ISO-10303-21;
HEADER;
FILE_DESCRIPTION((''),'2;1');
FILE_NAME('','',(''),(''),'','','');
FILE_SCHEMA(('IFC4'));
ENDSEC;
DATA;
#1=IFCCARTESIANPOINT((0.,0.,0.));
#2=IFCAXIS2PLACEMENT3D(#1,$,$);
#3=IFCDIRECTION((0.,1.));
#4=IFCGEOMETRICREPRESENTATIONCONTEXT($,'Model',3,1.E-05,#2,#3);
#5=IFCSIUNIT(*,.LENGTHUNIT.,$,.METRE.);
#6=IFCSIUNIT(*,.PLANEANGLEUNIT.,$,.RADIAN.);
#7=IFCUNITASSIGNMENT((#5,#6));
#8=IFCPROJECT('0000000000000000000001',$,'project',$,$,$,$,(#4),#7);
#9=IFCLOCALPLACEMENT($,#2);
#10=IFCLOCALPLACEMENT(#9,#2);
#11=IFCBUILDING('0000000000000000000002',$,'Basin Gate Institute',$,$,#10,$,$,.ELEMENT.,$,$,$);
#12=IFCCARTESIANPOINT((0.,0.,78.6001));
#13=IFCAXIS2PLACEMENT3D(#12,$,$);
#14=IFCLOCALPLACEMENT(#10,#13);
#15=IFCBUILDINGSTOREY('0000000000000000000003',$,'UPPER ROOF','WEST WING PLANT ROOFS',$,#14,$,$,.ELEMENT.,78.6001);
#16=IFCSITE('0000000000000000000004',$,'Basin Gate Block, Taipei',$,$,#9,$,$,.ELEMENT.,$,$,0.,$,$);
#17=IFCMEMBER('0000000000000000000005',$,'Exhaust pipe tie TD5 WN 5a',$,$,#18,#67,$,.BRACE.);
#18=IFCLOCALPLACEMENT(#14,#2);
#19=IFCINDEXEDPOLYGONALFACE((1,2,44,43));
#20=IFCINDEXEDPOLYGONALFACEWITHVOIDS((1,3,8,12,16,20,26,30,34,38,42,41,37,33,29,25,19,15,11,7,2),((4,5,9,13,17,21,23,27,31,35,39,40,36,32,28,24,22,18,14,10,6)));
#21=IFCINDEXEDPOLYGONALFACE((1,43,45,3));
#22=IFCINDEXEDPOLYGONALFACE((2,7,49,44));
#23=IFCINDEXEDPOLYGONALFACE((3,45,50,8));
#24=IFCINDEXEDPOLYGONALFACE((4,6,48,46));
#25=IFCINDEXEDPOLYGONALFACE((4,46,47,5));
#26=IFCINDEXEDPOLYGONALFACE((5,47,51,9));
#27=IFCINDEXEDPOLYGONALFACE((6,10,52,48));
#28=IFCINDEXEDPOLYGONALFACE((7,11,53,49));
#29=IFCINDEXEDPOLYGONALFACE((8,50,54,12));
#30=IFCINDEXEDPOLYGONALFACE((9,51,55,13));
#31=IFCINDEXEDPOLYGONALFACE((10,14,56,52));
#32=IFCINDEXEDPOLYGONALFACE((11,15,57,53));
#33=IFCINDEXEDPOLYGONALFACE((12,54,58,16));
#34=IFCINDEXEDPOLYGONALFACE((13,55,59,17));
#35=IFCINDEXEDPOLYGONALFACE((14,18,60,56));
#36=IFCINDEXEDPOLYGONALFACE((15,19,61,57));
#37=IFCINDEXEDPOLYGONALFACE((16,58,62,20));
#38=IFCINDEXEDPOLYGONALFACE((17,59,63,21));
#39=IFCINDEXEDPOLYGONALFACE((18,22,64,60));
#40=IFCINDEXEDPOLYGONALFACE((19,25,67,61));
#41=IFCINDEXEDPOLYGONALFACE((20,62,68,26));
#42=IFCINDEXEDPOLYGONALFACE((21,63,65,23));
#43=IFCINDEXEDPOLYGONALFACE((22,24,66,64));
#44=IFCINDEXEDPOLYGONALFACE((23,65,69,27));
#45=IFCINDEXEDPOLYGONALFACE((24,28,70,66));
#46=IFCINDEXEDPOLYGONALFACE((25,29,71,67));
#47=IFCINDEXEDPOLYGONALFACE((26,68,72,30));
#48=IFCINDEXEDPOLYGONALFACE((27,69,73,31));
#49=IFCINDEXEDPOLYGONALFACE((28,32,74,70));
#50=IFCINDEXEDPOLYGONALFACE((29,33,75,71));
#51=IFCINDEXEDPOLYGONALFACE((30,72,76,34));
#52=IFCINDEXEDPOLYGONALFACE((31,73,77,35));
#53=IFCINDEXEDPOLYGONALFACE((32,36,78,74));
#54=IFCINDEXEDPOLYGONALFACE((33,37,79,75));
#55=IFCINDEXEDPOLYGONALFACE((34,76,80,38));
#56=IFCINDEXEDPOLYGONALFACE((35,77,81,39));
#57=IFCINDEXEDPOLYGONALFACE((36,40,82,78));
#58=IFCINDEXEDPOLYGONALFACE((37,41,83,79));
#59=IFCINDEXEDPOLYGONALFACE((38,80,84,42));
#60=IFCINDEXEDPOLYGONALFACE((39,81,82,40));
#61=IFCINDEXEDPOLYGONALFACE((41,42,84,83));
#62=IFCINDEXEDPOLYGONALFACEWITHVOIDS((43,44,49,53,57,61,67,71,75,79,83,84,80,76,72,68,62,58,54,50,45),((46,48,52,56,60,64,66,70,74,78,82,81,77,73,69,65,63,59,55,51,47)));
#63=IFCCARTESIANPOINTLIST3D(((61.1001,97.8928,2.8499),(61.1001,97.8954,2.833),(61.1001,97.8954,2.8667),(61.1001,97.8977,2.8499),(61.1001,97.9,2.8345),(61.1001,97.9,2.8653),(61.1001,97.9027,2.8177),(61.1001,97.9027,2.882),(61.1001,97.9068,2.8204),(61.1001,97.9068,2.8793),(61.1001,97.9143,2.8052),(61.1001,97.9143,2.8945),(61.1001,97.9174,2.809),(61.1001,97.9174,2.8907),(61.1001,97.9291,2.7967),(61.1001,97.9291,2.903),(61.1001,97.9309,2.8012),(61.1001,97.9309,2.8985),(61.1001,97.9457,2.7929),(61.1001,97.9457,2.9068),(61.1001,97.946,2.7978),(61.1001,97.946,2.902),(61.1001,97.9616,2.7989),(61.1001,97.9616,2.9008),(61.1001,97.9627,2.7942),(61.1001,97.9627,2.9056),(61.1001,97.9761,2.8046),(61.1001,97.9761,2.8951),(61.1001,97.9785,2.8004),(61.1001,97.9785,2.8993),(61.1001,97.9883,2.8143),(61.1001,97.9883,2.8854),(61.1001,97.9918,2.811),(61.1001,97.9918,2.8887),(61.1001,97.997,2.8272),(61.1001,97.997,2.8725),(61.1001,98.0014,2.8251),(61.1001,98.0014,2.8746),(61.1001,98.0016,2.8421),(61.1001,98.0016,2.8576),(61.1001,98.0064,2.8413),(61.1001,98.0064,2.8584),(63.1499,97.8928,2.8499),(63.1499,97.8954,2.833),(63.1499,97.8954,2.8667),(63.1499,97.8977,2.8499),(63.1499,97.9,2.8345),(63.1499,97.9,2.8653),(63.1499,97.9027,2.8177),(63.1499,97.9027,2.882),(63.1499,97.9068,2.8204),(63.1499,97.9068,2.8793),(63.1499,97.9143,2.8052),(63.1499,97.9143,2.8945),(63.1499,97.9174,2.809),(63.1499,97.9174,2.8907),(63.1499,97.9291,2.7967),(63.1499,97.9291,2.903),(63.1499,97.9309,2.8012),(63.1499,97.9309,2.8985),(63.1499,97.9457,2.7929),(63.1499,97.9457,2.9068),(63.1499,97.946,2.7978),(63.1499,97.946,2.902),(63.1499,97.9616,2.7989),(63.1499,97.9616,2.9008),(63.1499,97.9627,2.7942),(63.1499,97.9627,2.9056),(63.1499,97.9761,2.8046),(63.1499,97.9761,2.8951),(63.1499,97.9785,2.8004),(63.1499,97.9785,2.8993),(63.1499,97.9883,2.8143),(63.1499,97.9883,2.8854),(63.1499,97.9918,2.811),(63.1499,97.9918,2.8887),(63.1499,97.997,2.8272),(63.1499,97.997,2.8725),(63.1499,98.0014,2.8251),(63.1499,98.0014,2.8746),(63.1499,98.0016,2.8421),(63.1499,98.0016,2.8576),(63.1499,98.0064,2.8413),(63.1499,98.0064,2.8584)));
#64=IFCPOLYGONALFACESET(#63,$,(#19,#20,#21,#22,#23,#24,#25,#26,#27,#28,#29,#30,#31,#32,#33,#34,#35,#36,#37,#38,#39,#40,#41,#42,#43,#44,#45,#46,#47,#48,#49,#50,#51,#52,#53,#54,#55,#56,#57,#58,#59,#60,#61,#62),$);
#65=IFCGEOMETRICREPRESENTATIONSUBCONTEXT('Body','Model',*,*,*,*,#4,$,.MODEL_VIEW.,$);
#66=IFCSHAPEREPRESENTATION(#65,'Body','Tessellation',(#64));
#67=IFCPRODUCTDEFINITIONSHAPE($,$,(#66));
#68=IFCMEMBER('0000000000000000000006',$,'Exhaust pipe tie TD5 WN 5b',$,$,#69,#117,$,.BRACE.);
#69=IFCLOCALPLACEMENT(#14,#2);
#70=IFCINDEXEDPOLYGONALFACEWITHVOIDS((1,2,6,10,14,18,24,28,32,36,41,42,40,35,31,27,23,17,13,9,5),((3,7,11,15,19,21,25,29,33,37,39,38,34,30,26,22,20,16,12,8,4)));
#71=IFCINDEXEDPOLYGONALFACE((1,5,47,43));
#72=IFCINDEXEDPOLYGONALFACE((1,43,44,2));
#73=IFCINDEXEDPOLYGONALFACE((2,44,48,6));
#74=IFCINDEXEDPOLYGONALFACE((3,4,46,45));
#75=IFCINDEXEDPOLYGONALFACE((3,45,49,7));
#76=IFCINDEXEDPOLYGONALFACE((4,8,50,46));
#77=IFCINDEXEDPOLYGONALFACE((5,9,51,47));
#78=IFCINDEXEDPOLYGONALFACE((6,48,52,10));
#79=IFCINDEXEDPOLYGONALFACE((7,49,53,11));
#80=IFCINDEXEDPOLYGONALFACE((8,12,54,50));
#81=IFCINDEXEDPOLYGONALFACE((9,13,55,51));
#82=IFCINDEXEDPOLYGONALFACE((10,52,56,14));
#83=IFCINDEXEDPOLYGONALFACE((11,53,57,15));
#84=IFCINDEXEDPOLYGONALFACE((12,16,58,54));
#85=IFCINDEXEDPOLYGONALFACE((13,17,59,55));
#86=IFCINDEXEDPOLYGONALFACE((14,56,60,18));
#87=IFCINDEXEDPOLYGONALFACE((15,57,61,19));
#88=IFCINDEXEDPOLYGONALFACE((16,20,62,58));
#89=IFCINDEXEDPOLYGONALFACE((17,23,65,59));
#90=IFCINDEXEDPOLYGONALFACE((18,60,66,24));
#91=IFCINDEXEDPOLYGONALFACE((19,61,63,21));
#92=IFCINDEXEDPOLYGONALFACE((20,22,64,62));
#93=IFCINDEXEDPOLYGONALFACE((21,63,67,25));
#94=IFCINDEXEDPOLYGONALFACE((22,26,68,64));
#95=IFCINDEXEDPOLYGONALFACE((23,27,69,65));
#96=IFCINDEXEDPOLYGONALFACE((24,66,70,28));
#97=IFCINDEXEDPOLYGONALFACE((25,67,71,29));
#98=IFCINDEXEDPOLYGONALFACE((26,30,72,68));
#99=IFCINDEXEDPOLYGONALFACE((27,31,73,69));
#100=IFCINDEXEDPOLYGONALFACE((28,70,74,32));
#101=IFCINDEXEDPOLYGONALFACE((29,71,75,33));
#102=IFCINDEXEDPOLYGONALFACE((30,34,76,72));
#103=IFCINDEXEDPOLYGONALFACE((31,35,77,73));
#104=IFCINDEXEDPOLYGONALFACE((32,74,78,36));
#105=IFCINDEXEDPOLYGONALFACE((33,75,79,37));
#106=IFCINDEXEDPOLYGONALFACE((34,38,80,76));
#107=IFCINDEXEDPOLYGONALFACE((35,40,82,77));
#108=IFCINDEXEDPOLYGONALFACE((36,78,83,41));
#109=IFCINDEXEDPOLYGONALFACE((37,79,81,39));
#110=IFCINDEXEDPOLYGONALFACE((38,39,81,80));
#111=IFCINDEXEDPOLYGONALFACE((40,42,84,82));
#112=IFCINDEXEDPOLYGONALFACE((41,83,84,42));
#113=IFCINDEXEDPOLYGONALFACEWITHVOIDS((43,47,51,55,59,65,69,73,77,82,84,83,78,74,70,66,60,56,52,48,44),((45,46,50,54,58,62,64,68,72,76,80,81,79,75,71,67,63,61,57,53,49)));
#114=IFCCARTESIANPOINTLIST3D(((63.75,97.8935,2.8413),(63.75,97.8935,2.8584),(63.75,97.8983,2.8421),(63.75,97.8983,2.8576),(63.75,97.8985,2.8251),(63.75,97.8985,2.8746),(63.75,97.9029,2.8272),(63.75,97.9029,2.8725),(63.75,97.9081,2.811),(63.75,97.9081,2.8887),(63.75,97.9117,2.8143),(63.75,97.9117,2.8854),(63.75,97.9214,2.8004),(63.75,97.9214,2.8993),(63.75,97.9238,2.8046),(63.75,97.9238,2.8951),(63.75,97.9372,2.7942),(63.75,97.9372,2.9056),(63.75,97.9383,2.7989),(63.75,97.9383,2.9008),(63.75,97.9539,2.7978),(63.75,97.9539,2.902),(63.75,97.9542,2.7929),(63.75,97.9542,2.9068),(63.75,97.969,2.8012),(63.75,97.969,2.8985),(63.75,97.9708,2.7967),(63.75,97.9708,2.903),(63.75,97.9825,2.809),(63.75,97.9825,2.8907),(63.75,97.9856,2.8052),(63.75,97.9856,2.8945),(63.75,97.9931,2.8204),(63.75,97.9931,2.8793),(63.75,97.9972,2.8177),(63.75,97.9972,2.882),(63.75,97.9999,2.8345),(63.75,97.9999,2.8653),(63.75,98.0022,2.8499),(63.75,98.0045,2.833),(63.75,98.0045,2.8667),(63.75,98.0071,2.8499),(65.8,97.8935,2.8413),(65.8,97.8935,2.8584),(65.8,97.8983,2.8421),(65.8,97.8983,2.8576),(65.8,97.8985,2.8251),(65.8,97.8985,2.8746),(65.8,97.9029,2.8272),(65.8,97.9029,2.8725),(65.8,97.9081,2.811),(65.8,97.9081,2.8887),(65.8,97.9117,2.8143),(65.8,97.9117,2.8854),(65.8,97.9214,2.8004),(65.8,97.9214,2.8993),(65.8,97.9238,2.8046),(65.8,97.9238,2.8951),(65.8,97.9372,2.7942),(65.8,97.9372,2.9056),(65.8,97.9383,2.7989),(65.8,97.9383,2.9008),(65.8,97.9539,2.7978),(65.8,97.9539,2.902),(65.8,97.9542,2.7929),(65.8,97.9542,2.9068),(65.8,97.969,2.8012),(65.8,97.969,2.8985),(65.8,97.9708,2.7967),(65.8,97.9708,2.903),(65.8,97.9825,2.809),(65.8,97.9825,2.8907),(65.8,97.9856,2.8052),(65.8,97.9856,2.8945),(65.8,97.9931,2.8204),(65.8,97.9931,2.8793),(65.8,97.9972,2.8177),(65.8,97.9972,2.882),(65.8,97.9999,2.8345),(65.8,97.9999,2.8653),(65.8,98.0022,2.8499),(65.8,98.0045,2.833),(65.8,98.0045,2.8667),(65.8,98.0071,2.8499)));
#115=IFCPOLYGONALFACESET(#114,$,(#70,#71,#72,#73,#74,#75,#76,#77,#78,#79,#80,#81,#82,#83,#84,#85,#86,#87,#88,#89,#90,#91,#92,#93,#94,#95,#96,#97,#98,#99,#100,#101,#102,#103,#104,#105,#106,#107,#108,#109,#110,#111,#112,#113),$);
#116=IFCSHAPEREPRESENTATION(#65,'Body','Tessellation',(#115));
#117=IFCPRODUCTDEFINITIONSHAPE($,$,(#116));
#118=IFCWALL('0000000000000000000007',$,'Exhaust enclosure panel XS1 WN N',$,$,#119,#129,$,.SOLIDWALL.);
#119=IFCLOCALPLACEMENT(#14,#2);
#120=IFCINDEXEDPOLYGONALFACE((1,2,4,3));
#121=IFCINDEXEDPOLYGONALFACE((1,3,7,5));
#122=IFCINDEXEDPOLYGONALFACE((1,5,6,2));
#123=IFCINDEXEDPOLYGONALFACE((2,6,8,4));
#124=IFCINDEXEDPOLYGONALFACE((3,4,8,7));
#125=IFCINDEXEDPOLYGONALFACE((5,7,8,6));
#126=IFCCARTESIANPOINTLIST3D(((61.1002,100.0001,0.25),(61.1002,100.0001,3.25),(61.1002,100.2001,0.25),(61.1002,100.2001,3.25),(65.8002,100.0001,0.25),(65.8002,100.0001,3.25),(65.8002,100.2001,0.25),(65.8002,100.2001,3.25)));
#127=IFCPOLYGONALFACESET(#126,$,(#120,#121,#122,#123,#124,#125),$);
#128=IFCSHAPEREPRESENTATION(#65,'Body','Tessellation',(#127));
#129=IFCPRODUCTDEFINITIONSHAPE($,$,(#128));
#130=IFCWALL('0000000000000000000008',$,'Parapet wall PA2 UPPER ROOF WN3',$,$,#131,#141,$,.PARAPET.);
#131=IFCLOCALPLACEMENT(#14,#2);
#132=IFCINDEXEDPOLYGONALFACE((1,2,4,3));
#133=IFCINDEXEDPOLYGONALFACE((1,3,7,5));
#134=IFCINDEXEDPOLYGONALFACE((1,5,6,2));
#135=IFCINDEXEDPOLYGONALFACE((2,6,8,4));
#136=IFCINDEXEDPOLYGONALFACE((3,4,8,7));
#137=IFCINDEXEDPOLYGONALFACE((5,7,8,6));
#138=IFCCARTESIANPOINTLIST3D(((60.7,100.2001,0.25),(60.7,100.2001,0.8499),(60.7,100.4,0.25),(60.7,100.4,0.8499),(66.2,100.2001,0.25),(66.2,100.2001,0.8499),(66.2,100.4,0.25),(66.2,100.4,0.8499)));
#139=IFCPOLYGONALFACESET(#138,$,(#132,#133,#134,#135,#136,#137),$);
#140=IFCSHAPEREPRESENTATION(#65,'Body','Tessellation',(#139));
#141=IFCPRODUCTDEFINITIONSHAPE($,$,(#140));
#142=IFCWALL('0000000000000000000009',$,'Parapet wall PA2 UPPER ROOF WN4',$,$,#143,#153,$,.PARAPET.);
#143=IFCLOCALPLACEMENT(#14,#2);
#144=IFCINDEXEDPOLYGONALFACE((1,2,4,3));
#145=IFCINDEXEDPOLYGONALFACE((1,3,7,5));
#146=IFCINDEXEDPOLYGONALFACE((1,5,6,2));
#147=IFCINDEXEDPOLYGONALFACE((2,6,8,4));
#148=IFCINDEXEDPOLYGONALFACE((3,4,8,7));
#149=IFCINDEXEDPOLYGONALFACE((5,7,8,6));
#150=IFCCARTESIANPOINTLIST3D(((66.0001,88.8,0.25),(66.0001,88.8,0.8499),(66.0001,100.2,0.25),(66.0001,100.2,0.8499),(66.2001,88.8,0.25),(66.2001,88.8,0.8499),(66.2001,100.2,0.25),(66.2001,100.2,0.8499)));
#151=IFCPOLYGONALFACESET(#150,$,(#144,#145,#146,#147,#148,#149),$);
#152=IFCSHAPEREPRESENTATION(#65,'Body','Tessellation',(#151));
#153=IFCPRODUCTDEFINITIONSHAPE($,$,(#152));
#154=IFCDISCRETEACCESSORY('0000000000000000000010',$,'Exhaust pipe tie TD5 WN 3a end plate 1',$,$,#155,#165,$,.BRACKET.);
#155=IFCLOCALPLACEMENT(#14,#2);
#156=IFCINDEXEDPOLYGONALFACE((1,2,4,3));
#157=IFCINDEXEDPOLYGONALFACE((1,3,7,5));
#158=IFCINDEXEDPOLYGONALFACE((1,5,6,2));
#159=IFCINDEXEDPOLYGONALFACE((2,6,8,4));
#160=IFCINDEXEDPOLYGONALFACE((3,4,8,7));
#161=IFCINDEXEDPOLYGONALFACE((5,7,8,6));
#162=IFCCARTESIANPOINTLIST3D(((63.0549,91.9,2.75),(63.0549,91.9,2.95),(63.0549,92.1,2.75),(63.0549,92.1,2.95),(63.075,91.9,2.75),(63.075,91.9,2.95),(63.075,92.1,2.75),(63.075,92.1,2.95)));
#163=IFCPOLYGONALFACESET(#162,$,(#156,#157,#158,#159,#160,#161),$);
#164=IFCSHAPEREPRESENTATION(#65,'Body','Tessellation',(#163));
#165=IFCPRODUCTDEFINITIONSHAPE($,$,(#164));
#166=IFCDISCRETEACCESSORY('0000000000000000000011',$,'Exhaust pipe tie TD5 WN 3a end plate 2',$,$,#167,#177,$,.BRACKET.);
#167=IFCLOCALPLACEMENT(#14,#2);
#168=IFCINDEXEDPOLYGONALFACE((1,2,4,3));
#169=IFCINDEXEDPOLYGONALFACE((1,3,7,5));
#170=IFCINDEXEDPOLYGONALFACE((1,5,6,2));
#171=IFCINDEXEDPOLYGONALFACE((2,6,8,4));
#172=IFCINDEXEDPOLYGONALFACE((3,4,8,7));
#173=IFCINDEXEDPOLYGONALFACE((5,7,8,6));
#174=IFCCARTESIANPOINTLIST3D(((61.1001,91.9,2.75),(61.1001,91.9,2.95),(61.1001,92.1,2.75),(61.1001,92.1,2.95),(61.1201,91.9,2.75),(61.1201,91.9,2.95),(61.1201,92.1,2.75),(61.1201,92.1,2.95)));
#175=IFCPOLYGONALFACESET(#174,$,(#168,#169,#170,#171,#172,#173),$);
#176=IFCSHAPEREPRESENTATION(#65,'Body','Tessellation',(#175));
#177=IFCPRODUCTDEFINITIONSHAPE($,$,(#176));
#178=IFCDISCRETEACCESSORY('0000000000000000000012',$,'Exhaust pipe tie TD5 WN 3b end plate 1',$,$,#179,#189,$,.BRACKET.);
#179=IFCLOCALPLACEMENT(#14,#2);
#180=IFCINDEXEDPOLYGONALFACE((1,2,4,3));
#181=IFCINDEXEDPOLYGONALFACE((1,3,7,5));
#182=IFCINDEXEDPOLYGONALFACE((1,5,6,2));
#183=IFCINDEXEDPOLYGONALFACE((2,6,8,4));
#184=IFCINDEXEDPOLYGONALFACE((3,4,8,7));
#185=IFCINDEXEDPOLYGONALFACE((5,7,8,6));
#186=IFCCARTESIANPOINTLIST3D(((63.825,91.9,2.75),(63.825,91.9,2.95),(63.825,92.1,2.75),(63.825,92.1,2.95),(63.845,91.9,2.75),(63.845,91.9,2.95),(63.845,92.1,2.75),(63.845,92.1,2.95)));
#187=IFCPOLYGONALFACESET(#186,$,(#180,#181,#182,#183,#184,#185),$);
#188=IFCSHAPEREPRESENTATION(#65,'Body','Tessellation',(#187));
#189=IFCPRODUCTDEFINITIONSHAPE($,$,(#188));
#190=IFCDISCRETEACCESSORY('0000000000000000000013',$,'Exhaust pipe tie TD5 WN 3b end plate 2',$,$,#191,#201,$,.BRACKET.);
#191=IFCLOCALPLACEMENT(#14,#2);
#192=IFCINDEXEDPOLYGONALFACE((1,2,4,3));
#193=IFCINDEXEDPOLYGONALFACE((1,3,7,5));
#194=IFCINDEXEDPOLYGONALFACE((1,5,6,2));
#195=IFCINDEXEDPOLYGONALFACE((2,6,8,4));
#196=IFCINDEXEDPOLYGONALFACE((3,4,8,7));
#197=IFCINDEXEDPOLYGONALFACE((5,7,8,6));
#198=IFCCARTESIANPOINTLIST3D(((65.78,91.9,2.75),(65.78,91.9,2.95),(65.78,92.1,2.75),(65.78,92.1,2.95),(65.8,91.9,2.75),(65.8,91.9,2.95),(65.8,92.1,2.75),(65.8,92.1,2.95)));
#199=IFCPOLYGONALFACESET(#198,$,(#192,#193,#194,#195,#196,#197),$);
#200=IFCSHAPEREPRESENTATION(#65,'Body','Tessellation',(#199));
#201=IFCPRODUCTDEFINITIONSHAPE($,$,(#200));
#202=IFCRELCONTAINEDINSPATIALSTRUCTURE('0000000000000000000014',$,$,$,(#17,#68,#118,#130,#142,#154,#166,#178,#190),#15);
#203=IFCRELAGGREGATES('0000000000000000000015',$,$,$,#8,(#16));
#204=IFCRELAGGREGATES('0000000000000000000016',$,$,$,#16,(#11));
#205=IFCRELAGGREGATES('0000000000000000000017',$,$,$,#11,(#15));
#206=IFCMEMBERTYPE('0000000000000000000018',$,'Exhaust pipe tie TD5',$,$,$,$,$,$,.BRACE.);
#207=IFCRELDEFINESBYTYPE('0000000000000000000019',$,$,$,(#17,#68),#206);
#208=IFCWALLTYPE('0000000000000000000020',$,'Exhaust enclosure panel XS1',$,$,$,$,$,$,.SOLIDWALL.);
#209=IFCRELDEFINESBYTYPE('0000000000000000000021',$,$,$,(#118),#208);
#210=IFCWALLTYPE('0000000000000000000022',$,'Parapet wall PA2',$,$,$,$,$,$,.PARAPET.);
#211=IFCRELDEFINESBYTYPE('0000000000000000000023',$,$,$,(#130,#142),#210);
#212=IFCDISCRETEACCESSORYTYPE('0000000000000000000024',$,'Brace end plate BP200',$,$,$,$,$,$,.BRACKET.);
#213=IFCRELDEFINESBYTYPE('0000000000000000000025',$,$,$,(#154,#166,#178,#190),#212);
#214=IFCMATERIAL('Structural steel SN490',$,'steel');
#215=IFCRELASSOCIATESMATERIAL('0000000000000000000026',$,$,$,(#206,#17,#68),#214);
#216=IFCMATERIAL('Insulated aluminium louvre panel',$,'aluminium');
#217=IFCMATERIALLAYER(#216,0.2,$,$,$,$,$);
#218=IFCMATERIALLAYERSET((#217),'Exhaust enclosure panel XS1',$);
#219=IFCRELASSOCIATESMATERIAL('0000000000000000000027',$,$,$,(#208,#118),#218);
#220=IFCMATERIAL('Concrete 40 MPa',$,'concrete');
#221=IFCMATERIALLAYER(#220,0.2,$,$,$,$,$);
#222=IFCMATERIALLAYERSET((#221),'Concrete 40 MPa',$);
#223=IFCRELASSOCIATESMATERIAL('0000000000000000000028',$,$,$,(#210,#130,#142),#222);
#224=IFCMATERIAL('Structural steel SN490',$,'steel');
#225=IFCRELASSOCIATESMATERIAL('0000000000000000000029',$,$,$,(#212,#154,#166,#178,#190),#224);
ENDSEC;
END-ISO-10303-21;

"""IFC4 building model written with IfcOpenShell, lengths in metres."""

from ifc_helpers import new_model, si_unit, direction, frame, frame_2d, origin, origin_2d, place, context, subcontext, project, spatial, rectangle, hollow_circle, extrude, material, layer, layer_set, material_profile, profile_set, type_object, element, save


model = new_model("IFC4")

# Units and contexts
model_context = context("Model", 3, precision=1e-05, world=origin(), true_north=direction((0.0, 1.0)))
body_context = subcontext(model_context, "Body", "Model", "MODEL_VIEW")
ifc_project = project(units=[si_unit("LENGTHUNIT", "METRE"), si_unit("PLANEANGLEUNIT", "RADIAN")], contexts=[model_context])

# Site, building, storey
site_placement = place(None, origin())
site = spatial("IfcSite", under=ifc_project, at=site_placement, Name="Basin Gate Block, Taipei", CompositionType="ELEMENT", RefElevation=0.0)
building_placement = place(site_placement, origin())
building = spatial("IfcBuilding", under=site, at=building_placement, Name="Basin Gate Institute", CompositionType="ELEMENT")
storey_placement = place(building_placement, frame((0.0, 0.0, 78.6001)))
storey = spatial("IfcBuildingStorey", under=building, at=storey_placement, Name="UPPER ROOF", Description="WEST WING PLANT ROOFS", CompositionType="ELEMENT", Elevation=78.6001)

# Members
ifc_material_1 = material(Name="Structural steel SN490", Category="steel")
ifc_material_profile_1 = material_profile(ifc_material_1, hollow_circle(Radius=0.0571, WallThickness=0.0049, at=origin_2d()), Name="CHS114x5")
ifc_profile_set_1 = profile_set([ifc_material_profile_1], Name="Structural steel SN490")
member_type_1 = type_object("IfcMemberType", Name="Exhaust pipe tie TD5", PredefinedType="BRACE", material=ifc_profile_set_1)
member_1_placement = place(storey_placement, frame((63.1499, 97.95, 2.8499), z_axis=(-1.0, 0.0, 0.0), x_axis=(0.0, -1.0, 0.0)))
element("IfcMember", 1, at=member_1_placement, inside=storey, type_object=member_type_1, material=ifc_profile_set_1, Name="Exhaust pipe tie TD5 WN 5a", PredefinedType="BRACE", context=body_context, shape_type="SweptSolid", body=[
    extrude(hollow_circle(Radius=0.0571, WallThickness=0.0049, at=origin_2d()), origin(), (0.0, 0.0, 1.0), 2.0498),
])
member_2_placement = place(storey_placement, frame((63.75, 97.95, 2.8499), z_axis=(1.0, 0.0, 0.0), x_axis=(0.0, 1.0, 0.0)))
element("IfcMember", 2, at=member_2_placement, inside=storey, type_object=member_type_1, material=ifc_profile_set_1, Name="Exhaust pipe tie TD5 WN 5b", PredefinedType="BRACE", context=body_context, shape_type="SweptSolid", body=[
    extrude(hollow_circle(Radius=0.0571, WallThickness=0.0049, at=origin_2d()), origin(), (0.0, 0.0, 1.0), 2.05),
])

# Walls
ifc_material_2 = material(Name="Insulated aluminium louvre panel", Category="aluminium")
ifc_layer_1 = layer(ifc_material_2, 0.2)
ifc_layer_set_1 = layer_set([ifc_layer_1], Name="Exhaust enclosure panel XS1")
wall_type_1 = type_object("IfcWallType", Name="Exhaust enclosure panel XS1", PredefinedType="SOLIDWALL", material=ifc_layer_set_1)
wall_1_placement = place(storey_placement, frame((61.1001, 100.1001, 0.25), z_axis=(0.0, 0.0, 1.0), x_axis=(1.0, 0.0, 0.0)))
element("IfcWall", 3, at=wall_1_placement, inside=storey, type_object=wall_type_1, material=ifc_layer_set_1, Name="Exhaust enclosure panel XS1 WN N", PredefinedType="SOLIDWALL", context=body_context, shape_type="SweptSolid", body=[
    extrude(rectangle(XDim=4.7, YDim=0.2, at=frame_2d((2.3501, 0.0))), origin(), (0.0, 0.0, 1.0), 3.0),
])
ifc_material_3 = material(Name="Concrete 40 MPa", Category="concrete")
ifc_layer_2 = layer(ifc_material_3, 0.2)
ifc_layer_set_2 = layer_set([ifc_layer_2], Name="Concrete 40 MPa")
wall_type_2 = type_object("IfcWallType", Name="Parapet wall PA2", PredefinedType="PARAPET", material=ifc_layer_set_2)
wall_2_placement = place(storey_placement, frame((60.7, 100.3, 0.25), z_axis=(0.0, 0.0, 1.0), x_axis=(1.0, 0.0, 0.0)))
element("IfcWall", 4, at=wall_2_placement, inside=storey, type_object=wall_type_2, material=ifc_layer_set_2, Name="Parapet wall PA2 UPPER ROOF WN3", PredefinedType="PARAPET", context=body_context, shape_type="SweptSolid", body=[
    extrude(rectangle(XDim=5.5, YDim=0.2, at=frame_2d((2.75, 0.0))), origin(), (0.0, 0.0, 1.0), 0.5999),
])
wall_3_placement = place(storey_placement, frame((66.1001, 100.2, 0.25), z_axis=(0.0, 0.0, 1.0), x_axis=(0.0, -1.0, 0.0)))
element("IfcWall", 5, at=wall_3_placement, inside=storey, type_object=wall_type_2, material=ifc_layer_set_2, Name="Parapet wall PA2 UPPER ROOF WN4", PredefinedType="PARAPET", context=body_context, shape_type="SweptSolid", body=[
    extrude(rectangle(XDim=11.3999, YDim=0.2, at=frame_2d((5.7, 0.0))), origin(), (0.0, 0.0, 1.0), 0.5999),
])

# Discrete accessories
ifc_material_4 = material(Name="Structural steel SN490", Category="steel")
discrete_accessory_type = type_object("IfcDiscreteAccessoryType", Name="Brace end plate BP200", PredefinedType="BRACKET", material=ifc_material_4)
for number, where, z_axis, x_axis, name in (
    (6, (63.0649, 92.0, 2.75), (0.0, 0.0, 1.0), (1.0, 0.0, 0.0), "Exhaust pipe tie TD5 WN 3a end plate 1"),
    (7, (61.1101, 92.0, 2.75), (0.0, 0.0, 1.0), (1.0, 0.0, 0.0), "Exhaust pipe tie TD5 WN 3a end plate 2"),
    (8, (63.835, 92.0, 2.75), (0.0, 0.0, 1.0), (1.0, 0.0, 0.0), "Exhaust pipe tie TD5 WN 3b end plate 1"),
    (9, (65.79, 92.0, 2.75), (0.0, 0.0, 1.0), (1.0, 0.0, 0.0), "Exhaust pipe tie TD5 WN 3b end plate 2"),
):
    element("IfcDiscreteAccessory", number, at=place(storey_placement, frame(where, z_axis=z_axis, x_axis=x_axis)), inside=storey, type_object=discrete_accessory_type, material=ifc_material_4, Name=name, PredefinedType="BRACKET", context=body_context, shape_type="SweptSolid", body=[
        extrude(rectangle(XDim=0.02, YDim=0.2, at=origin_2d()), origin(), (0.0, 0.0, 1.0), 0.2),
    ])

save(model, "model.ifc")
